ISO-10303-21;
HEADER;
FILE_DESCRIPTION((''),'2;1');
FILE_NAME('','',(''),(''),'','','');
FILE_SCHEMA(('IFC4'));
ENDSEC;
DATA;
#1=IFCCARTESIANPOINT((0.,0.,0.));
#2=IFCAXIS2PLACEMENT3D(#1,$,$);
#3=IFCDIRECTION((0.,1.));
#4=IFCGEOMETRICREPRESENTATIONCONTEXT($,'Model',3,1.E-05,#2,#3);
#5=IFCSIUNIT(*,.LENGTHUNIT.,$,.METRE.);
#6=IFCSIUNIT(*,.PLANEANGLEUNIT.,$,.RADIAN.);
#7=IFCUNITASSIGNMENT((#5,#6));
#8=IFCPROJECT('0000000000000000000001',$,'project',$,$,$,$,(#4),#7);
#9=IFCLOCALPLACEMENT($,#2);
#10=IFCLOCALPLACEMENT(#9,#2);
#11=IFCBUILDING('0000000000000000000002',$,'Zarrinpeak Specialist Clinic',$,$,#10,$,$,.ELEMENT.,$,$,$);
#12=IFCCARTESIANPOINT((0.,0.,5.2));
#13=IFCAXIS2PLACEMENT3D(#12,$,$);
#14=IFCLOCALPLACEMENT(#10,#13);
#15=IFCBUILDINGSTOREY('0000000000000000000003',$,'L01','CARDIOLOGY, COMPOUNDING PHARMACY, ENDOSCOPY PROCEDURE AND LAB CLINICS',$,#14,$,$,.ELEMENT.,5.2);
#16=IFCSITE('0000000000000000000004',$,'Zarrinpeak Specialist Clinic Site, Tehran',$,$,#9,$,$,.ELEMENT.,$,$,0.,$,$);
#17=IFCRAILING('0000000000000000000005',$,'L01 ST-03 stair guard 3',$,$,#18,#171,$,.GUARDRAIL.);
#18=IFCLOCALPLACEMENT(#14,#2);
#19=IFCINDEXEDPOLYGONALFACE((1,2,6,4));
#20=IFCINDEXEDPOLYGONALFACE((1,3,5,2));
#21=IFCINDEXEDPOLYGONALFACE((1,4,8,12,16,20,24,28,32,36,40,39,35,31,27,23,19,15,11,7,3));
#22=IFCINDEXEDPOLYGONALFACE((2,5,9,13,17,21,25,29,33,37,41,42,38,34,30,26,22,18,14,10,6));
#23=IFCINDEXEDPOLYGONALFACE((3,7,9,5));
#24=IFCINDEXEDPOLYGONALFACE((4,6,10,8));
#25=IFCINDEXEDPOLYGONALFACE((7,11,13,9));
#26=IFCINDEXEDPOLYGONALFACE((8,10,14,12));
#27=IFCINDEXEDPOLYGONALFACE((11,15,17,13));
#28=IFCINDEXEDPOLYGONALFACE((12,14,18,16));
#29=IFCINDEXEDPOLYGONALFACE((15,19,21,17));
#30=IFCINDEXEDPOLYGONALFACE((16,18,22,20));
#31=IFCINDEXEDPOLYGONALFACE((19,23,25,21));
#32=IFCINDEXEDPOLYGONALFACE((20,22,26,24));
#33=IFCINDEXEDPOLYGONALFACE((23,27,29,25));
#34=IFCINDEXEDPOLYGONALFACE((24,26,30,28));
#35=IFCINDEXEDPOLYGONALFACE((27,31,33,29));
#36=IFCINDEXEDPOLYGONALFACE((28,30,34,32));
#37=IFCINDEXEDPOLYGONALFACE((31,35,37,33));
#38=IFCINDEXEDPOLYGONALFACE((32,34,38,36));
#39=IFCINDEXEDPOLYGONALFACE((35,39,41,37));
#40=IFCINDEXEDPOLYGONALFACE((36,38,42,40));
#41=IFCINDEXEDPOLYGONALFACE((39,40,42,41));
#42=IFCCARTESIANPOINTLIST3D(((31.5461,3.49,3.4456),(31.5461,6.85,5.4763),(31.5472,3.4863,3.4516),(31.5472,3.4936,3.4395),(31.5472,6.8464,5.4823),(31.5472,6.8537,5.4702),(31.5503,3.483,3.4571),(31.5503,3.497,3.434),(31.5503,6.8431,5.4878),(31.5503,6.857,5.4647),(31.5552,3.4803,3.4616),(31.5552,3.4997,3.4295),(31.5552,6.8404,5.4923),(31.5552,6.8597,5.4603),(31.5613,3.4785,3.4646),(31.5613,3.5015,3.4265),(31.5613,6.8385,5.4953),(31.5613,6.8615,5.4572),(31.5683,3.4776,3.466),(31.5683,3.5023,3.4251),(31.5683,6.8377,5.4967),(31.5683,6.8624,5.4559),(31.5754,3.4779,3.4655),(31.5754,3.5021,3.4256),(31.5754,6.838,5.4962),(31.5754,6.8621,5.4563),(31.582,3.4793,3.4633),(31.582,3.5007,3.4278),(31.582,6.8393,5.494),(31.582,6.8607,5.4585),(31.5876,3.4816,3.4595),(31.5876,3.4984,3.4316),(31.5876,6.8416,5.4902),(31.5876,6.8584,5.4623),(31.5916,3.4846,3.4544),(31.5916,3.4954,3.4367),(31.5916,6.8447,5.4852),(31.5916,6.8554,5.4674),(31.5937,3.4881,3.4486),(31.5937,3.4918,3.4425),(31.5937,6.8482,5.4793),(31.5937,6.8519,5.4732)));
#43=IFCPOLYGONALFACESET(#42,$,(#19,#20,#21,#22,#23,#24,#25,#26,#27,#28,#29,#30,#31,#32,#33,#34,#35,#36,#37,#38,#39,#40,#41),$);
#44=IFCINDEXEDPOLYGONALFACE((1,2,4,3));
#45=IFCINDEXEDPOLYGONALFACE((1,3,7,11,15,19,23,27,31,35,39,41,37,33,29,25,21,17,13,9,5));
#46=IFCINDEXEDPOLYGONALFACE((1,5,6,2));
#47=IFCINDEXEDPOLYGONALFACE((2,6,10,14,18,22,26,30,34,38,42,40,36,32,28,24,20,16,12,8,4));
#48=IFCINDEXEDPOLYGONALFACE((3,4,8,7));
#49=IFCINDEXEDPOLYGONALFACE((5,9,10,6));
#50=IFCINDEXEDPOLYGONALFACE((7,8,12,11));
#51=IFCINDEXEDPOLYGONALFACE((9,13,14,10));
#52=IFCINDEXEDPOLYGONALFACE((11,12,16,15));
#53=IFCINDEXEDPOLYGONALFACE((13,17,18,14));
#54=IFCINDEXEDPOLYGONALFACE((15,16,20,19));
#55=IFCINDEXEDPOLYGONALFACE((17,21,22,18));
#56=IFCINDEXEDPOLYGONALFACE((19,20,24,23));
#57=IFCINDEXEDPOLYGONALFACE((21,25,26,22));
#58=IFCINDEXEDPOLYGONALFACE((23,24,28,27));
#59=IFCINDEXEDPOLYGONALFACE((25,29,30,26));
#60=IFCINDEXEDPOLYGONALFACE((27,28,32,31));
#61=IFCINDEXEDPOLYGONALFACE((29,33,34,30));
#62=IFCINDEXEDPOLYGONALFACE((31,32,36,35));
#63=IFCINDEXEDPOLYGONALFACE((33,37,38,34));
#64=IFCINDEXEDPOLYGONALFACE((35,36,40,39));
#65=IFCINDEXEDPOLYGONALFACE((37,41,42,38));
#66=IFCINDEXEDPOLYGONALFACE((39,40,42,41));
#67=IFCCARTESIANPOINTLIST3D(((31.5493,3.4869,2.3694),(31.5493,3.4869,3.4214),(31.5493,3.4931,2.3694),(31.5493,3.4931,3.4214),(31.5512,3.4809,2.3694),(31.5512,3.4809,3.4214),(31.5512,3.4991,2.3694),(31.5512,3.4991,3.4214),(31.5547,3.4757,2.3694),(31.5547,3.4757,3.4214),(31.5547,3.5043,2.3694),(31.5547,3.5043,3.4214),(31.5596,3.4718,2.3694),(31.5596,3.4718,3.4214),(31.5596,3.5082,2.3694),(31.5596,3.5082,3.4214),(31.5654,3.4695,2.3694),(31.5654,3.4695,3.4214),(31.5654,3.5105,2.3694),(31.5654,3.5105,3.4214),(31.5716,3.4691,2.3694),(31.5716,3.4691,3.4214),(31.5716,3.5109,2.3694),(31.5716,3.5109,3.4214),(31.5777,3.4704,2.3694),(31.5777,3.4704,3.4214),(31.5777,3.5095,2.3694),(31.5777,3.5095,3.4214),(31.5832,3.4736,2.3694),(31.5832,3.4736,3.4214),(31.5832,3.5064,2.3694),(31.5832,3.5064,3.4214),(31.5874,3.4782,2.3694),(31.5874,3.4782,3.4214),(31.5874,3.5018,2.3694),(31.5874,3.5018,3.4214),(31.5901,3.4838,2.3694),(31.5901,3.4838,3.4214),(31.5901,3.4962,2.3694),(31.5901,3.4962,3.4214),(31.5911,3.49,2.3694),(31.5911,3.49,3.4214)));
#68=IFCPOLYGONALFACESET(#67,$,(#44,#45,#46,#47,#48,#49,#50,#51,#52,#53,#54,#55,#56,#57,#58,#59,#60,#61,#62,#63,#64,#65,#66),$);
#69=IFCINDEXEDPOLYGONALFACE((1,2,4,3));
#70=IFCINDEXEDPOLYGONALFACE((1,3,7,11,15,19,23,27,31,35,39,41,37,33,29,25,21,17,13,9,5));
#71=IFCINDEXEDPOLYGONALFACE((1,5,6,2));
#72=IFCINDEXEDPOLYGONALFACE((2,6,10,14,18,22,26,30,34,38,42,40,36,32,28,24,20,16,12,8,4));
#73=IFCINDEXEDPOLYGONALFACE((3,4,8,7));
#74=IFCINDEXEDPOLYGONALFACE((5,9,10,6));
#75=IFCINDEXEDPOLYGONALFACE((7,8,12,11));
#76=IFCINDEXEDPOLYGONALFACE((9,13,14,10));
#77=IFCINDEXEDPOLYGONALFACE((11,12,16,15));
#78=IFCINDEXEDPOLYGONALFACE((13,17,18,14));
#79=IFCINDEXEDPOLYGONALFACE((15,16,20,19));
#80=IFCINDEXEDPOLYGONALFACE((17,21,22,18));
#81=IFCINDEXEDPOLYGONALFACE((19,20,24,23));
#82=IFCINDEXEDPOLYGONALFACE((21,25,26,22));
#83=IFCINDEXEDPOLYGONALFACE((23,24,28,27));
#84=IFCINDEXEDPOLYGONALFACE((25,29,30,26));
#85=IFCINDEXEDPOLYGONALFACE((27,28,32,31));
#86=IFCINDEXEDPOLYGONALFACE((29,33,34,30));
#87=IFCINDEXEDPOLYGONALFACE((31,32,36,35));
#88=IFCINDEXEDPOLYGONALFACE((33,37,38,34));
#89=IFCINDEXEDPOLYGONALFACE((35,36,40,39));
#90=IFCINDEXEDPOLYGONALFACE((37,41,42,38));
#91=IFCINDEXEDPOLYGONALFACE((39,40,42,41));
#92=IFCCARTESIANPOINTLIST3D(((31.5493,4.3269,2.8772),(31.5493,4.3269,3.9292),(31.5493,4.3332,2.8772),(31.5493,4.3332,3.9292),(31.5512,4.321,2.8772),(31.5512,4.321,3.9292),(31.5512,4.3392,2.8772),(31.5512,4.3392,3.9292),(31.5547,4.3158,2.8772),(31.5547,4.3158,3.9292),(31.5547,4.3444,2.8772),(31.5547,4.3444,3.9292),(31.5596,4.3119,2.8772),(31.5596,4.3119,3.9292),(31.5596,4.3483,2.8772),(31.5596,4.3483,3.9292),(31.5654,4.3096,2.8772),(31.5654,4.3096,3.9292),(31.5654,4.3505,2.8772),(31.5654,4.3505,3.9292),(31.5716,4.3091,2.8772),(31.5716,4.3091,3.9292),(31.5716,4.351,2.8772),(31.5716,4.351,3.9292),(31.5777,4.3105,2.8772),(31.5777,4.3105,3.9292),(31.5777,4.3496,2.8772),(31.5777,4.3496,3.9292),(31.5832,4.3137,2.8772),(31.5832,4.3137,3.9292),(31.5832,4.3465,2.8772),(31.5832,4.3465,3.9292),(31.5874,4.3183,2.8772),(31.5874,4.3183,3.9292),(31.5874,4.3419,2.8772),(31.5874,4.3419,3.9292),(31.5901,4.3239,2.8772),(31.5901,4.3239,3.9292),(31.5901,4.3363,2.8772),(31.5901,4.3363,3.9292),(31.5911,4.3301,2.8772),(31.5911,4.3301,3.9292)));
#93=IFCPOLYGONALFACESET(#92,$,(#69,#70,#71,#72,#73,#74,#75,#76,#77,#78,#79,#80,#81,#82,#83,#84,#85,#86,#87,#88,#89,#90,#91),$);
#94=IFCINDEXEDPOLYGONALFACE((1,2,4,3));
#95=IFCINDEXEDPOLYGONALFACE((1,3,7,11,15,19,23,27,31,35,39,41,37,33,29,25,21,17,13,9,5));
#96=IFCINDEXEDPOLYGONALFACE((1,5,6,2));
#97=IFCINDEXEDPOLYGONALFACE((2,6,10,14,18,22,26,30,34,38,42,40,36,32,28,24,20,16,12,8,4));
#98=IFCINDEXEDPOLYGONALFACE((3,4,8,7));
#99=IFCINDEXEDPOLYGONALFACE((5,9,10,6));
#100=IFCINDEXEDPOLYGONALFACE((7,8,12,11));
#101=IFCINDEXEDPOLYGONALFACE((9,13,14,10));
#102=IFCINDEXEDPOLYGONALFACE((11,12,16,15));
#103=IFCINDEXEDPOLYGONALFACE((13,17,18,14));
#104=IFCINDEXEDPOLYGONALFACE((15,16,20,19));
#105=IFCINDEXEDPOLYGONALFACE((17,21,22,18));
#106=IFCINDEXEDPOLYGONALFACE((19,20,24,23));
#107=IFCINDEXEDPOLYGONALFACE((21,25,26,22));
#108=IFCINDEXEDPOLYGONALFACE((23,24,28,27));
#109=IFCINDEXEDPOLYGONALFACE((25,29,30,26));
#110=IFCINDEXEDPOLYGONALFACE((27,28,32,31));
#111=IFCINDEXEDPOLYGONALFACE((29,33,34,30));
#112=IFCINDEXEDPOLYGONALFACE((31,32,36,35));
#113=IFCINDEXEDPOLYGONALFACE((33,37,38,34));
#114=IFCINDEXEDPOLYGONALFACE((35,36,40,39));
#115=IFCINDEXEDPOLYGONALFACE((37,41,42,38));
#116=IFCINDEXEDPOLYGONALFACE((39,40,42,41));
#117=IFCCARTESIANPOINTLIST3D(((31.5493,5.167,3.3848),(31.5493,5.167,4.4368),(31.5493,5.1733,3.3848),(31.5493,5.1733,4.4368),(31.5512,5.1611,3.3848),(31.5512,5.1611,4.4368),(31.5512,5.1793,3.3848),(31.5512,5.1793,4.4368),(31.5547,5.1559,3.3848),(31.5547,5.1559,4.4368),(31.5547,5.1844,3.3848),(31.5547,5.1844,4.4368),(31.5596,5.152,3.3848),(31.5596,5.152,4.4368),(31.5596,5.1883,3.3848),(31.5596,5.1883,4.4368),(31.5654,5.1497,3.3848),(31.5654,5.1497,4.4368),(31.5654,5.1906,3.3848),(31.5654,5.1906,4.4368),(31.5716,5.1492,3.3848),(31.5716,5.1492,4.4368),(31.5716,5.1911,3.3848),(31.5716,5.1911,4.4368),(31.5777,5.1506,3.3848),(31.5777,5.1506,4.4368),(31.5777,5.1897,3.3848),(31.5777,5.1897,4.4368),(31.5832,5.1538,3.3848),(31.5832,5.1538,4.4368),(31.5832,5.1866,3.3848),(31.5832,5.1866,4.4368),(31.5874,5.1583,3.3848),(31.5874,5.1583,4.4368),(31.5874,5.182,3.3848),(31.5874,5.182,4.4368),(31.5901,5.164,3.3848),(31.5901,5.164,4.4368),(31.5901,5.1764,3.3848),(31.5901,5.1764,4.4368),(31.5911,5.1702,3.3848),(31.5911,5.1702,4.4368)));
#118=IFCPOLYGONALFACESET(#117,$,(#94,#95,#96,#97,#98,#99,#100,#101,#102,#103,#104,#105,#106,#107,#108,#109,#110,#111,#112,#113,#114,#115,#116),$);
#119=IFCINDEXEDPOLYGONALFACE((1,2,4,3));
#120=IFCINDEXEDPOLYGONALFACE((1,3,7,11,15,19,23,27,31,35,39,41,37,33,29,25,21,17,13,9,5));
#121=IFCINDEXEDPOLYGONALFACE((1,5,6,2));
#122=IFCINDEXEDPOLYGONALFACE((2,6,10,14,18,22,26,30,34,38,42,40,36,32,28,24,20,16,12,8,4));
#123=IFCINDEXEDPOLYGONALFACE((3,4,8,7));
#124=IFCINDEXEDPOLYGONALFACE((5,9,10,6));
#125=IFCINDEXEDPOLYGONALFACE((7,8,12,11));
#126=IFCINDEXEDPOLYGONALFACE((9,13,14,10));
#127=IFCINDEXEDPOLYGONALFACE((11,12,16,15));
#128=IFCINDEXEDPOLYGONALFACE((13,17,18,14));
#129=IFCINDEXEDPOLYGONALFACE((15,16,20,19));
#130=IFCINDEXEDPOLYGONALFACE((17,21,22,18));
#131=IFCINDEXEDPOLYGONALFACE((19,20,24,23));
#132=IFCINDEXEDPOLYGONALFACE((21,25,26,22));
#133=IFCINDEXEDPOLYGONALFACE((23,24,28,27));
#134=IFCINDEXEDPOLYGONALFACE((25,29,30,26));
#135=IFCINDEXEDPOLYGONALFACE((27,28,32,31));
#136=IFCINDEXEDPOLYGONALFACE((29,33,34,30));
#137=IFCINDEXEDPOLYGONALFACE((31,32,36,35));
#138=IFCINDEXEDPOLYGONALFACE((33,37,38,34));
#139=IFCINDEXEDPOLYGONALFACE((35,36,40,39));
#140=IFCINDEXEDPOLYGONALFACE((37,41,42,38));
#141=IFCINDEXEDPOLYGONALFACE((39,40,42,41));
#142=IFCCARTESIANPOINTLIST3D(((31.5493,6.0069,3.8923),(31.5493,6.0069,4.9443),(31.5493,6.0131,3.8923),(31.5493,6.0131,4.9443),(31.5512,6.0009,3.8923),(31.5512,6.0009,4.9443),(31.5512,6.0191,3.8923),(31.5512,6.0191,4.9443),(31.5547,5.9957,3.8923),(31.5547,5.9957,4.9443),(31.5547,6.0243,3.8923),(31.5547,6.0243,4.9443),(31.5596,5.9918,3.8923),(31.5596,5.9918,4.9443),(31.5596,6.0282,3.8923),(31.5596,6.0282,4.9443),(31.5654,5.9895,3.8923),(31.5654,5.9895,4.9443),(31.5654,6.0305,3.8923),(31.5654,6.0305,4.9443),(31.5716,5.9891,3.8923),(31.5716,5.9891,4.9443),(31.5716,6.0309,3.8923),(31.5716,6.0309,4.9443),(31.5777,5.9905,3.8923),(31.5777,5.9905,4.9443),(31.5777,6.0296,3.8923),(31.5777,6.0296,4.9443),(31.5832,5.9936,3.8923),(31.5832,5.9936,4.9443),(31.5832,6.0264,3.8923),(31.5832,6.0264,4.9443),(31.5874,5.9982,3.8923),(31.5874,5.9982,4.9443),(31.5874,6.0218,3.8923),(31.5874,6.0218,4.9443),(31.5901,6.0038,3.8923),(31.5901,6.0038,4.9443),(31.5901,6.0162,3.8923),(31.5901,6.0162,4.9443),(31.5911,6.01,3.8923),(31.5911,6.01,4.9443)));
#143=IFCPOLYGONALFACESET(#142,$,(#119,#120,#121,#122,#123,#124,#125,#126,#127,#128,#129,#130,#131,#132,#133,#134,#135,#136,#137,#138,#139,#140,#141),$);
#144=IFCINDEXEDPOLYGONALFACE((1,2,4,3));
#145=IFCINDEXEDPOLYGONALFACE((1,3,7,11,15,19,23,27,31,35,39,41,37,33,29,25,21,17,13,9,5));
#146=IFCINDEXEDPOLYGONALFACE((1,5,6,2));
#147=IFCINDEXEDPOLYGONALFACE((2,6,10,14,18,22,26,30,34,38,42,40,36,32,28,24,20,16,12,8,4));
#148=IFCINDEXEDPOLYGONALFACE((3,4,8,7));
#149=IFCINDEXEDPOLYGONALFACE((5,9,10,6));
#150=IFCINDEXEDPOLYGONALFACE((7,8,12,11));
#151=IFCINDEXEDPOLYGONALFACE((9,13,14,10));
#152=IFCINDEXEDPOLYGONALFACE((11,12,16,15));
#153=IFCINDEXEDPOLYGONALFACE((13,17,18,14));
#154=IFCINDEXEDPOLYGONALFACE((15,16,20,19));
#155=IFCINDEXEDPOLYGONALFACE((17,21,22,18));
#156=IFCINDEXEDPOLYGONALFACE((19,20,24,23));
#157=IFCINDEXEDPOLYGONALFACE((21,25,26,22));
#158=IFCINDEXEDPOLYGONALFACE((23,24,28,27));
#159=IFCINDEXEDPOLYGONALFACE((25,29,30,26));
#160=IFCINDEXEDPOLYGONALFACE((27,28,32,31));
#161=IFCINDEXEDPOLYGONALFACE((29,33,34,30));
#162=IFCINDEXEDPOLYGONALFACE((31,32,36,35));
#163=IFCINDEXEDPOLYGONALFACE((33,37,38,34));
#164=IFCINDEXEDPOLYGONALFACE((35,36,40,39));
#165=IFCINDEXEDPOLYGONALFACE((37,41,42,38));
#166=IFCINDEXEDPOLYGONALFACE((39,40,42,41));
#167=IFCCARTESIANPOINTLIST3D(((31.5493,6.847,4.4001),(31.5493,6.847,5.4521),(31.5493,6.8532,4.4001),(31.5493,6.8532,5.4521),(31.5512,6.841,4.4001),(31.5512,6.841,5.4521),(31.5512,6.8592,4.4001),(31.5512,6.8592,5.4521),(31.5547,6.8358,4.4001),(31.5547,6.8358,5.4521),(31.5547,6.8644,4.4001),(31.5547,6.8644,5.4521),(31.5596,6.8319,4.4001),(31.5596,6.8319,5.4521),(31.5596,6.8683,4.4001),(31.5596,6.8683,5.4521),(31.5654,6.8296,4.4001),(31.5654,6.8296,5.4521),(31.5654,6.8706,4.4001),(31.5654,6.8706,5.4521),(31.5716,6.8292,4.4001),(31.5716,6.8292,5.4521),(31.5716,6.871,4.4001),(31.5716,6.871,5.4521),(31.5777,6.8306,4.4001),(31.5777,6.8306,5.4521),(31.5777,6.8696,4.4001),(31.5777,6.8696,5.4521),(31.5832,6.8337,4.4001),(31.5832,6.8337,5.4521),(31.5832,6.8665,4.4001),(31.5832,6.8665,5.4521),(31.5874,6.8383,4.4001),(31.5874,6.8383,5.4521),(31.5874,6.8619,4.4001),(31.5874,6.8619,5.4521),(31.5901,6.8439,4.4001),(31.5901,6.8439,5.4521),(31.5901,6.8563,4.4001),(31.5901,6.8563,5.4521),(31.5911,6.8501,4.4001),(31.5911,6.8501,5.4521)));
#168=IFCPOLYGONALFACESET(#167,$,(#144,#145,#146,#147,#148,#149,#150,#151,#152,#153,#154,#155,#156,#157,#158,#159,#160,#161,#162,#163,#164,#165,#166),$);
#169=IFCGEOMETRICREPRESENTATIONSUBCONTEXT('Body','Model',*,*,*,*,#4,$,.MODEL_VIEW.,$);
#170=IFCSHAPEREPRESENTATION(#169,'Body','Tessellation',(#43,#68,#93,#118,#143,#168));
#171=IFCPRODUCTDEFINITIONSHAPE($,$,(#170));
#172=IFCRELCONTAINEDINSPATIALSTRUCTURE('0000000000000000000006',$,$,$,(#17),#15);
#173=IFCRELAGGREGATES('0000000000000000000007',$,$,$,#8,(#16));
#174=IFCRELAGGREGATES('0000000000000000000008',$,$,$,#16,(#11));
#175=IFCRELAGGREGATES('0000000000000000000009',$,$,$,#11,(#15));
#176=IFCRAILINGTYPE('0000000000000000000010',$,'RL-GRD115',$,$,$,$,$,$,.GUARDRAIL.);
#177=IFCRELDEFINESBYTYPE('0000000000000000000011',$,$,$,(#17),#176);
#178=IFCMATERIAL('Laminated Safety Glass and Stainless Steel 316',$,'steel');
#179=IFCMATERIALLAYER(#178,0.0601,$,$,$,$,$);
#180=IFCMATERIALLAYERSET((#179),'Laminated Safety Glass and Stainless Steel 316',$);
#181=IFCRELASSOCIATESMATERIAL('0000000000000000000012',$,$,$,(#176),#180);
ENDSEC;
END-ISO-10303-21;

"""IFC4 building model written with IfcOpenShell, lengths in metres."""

from ifc_helpers import new_model, si_unit, direction, frame, origin, origin_2d, place, context, subcontext, project, spatial, circle, extrude, material, layer, layer_set, type_object, element, save


model = new_model("IFC4")

# Units and contexts
model_context = context("Model", 3, precision=1e-05, world=origin(), true_north=direction((0.0, 1.0)))
body_context = subcontext(model_context, "Body", "Model", "MODEL_VIEW")
ifc_project = project(units=[si_unit("LENGTHUNIT", "METRE"), si_unit("PLANEANGLEUNIT", "RADIAN")], contexts=[model_context])

# Site, building, storey
site_placement = place(None, origin())
site = spatial("IfcSite", under=ifc_project, at=site_placement, Name="Zarrinpeak Specialist Clinic Site, Tehran", CompositionType="ELEMENT", RefElevation=0.0)
building_placement = place(site_placement, origin())
building = spatial("IfcBuilding", under=site, at=building_placement, Name="Zarrinpeak Specialist Clinic", CompositionType="ELEMENT")
storey_placement = place(building_placement, frame((0.0, 0.0, 5.2)))
storey = spatial("IfcBuildingStorey", under=building, at=storey_placement, Name="L01", Description="CARDIOLOGY, COMPOUNDING PHARMACY, ENDOSCOPY PROCEDURE AND LAB CLINICS", CompositionType="ELEMENT", Elevation=5.2)

# Railing
ifc_material_1 = material(Name="Laminated Safety Glass and Stainless Steel 316", Category="steel")
ifc_layer_1 = layer(ifc_material_1, 0.0601)
ifc_layer_set_1 = layer_set([ifc_layer_1], Name="Laminated Safety Glass and Stainless Steel 316")
railing_type_1 = type_object("IfcRailingType", Name="RL-GRD115", PredefinedType="GUARDRAIL", material=ifc_layer_set_1)
railing_1_placement = place(storey_placement, frame((31.5701, 3.49, 2.3694)))
element("IfcRailing", 1, at=railing_1_placement, inside=storey, type_object=railing_type_1, Name="L01 ST-03 stair guard 3", PredefinedType="GUARDRAIL", context=body_context, shape_type="SweptSolid", body=[
    extrude(circle(Radius=0.0239, at=origin_2d()), frame((0.0, 0.0, 1.0762), z_axis=(0.0, 0.855837, 0.517246), x_axis=(-1.0, 0.0, 0.0)), (0.0, 0.0, 1.0), 3.926),
    extrude(circle(Radius=0.021, at=origin_2d()), origin(), (0.0, 0.0, 1.0), 1.052),
    extrude(circle(Radius=0.021, at=origin_2d()), frame((0.0, 0.8401, 0.5078)), (0.0, 0.0, 1.0), 1.052),
    extrude(circle(Radius=0.021, at=origin_2d()), frame((0.0, 1.6802, 1.0154)), (0.0, 0.0, 1.0), 1.052),
    extrude(circle(Radius=0.021, at=origin_2d()), frame((0.0, 2.52, 1.5229)), (0.0, 0.0, 1.0), 1.052),
    extrude(circle(Radius=0.021, at=origin_2d()), frame((0.0, 3.3601, 2.0308)), (0.0, 0.0, 1.0), 1.052),
])

save(model, "model.ifc")
